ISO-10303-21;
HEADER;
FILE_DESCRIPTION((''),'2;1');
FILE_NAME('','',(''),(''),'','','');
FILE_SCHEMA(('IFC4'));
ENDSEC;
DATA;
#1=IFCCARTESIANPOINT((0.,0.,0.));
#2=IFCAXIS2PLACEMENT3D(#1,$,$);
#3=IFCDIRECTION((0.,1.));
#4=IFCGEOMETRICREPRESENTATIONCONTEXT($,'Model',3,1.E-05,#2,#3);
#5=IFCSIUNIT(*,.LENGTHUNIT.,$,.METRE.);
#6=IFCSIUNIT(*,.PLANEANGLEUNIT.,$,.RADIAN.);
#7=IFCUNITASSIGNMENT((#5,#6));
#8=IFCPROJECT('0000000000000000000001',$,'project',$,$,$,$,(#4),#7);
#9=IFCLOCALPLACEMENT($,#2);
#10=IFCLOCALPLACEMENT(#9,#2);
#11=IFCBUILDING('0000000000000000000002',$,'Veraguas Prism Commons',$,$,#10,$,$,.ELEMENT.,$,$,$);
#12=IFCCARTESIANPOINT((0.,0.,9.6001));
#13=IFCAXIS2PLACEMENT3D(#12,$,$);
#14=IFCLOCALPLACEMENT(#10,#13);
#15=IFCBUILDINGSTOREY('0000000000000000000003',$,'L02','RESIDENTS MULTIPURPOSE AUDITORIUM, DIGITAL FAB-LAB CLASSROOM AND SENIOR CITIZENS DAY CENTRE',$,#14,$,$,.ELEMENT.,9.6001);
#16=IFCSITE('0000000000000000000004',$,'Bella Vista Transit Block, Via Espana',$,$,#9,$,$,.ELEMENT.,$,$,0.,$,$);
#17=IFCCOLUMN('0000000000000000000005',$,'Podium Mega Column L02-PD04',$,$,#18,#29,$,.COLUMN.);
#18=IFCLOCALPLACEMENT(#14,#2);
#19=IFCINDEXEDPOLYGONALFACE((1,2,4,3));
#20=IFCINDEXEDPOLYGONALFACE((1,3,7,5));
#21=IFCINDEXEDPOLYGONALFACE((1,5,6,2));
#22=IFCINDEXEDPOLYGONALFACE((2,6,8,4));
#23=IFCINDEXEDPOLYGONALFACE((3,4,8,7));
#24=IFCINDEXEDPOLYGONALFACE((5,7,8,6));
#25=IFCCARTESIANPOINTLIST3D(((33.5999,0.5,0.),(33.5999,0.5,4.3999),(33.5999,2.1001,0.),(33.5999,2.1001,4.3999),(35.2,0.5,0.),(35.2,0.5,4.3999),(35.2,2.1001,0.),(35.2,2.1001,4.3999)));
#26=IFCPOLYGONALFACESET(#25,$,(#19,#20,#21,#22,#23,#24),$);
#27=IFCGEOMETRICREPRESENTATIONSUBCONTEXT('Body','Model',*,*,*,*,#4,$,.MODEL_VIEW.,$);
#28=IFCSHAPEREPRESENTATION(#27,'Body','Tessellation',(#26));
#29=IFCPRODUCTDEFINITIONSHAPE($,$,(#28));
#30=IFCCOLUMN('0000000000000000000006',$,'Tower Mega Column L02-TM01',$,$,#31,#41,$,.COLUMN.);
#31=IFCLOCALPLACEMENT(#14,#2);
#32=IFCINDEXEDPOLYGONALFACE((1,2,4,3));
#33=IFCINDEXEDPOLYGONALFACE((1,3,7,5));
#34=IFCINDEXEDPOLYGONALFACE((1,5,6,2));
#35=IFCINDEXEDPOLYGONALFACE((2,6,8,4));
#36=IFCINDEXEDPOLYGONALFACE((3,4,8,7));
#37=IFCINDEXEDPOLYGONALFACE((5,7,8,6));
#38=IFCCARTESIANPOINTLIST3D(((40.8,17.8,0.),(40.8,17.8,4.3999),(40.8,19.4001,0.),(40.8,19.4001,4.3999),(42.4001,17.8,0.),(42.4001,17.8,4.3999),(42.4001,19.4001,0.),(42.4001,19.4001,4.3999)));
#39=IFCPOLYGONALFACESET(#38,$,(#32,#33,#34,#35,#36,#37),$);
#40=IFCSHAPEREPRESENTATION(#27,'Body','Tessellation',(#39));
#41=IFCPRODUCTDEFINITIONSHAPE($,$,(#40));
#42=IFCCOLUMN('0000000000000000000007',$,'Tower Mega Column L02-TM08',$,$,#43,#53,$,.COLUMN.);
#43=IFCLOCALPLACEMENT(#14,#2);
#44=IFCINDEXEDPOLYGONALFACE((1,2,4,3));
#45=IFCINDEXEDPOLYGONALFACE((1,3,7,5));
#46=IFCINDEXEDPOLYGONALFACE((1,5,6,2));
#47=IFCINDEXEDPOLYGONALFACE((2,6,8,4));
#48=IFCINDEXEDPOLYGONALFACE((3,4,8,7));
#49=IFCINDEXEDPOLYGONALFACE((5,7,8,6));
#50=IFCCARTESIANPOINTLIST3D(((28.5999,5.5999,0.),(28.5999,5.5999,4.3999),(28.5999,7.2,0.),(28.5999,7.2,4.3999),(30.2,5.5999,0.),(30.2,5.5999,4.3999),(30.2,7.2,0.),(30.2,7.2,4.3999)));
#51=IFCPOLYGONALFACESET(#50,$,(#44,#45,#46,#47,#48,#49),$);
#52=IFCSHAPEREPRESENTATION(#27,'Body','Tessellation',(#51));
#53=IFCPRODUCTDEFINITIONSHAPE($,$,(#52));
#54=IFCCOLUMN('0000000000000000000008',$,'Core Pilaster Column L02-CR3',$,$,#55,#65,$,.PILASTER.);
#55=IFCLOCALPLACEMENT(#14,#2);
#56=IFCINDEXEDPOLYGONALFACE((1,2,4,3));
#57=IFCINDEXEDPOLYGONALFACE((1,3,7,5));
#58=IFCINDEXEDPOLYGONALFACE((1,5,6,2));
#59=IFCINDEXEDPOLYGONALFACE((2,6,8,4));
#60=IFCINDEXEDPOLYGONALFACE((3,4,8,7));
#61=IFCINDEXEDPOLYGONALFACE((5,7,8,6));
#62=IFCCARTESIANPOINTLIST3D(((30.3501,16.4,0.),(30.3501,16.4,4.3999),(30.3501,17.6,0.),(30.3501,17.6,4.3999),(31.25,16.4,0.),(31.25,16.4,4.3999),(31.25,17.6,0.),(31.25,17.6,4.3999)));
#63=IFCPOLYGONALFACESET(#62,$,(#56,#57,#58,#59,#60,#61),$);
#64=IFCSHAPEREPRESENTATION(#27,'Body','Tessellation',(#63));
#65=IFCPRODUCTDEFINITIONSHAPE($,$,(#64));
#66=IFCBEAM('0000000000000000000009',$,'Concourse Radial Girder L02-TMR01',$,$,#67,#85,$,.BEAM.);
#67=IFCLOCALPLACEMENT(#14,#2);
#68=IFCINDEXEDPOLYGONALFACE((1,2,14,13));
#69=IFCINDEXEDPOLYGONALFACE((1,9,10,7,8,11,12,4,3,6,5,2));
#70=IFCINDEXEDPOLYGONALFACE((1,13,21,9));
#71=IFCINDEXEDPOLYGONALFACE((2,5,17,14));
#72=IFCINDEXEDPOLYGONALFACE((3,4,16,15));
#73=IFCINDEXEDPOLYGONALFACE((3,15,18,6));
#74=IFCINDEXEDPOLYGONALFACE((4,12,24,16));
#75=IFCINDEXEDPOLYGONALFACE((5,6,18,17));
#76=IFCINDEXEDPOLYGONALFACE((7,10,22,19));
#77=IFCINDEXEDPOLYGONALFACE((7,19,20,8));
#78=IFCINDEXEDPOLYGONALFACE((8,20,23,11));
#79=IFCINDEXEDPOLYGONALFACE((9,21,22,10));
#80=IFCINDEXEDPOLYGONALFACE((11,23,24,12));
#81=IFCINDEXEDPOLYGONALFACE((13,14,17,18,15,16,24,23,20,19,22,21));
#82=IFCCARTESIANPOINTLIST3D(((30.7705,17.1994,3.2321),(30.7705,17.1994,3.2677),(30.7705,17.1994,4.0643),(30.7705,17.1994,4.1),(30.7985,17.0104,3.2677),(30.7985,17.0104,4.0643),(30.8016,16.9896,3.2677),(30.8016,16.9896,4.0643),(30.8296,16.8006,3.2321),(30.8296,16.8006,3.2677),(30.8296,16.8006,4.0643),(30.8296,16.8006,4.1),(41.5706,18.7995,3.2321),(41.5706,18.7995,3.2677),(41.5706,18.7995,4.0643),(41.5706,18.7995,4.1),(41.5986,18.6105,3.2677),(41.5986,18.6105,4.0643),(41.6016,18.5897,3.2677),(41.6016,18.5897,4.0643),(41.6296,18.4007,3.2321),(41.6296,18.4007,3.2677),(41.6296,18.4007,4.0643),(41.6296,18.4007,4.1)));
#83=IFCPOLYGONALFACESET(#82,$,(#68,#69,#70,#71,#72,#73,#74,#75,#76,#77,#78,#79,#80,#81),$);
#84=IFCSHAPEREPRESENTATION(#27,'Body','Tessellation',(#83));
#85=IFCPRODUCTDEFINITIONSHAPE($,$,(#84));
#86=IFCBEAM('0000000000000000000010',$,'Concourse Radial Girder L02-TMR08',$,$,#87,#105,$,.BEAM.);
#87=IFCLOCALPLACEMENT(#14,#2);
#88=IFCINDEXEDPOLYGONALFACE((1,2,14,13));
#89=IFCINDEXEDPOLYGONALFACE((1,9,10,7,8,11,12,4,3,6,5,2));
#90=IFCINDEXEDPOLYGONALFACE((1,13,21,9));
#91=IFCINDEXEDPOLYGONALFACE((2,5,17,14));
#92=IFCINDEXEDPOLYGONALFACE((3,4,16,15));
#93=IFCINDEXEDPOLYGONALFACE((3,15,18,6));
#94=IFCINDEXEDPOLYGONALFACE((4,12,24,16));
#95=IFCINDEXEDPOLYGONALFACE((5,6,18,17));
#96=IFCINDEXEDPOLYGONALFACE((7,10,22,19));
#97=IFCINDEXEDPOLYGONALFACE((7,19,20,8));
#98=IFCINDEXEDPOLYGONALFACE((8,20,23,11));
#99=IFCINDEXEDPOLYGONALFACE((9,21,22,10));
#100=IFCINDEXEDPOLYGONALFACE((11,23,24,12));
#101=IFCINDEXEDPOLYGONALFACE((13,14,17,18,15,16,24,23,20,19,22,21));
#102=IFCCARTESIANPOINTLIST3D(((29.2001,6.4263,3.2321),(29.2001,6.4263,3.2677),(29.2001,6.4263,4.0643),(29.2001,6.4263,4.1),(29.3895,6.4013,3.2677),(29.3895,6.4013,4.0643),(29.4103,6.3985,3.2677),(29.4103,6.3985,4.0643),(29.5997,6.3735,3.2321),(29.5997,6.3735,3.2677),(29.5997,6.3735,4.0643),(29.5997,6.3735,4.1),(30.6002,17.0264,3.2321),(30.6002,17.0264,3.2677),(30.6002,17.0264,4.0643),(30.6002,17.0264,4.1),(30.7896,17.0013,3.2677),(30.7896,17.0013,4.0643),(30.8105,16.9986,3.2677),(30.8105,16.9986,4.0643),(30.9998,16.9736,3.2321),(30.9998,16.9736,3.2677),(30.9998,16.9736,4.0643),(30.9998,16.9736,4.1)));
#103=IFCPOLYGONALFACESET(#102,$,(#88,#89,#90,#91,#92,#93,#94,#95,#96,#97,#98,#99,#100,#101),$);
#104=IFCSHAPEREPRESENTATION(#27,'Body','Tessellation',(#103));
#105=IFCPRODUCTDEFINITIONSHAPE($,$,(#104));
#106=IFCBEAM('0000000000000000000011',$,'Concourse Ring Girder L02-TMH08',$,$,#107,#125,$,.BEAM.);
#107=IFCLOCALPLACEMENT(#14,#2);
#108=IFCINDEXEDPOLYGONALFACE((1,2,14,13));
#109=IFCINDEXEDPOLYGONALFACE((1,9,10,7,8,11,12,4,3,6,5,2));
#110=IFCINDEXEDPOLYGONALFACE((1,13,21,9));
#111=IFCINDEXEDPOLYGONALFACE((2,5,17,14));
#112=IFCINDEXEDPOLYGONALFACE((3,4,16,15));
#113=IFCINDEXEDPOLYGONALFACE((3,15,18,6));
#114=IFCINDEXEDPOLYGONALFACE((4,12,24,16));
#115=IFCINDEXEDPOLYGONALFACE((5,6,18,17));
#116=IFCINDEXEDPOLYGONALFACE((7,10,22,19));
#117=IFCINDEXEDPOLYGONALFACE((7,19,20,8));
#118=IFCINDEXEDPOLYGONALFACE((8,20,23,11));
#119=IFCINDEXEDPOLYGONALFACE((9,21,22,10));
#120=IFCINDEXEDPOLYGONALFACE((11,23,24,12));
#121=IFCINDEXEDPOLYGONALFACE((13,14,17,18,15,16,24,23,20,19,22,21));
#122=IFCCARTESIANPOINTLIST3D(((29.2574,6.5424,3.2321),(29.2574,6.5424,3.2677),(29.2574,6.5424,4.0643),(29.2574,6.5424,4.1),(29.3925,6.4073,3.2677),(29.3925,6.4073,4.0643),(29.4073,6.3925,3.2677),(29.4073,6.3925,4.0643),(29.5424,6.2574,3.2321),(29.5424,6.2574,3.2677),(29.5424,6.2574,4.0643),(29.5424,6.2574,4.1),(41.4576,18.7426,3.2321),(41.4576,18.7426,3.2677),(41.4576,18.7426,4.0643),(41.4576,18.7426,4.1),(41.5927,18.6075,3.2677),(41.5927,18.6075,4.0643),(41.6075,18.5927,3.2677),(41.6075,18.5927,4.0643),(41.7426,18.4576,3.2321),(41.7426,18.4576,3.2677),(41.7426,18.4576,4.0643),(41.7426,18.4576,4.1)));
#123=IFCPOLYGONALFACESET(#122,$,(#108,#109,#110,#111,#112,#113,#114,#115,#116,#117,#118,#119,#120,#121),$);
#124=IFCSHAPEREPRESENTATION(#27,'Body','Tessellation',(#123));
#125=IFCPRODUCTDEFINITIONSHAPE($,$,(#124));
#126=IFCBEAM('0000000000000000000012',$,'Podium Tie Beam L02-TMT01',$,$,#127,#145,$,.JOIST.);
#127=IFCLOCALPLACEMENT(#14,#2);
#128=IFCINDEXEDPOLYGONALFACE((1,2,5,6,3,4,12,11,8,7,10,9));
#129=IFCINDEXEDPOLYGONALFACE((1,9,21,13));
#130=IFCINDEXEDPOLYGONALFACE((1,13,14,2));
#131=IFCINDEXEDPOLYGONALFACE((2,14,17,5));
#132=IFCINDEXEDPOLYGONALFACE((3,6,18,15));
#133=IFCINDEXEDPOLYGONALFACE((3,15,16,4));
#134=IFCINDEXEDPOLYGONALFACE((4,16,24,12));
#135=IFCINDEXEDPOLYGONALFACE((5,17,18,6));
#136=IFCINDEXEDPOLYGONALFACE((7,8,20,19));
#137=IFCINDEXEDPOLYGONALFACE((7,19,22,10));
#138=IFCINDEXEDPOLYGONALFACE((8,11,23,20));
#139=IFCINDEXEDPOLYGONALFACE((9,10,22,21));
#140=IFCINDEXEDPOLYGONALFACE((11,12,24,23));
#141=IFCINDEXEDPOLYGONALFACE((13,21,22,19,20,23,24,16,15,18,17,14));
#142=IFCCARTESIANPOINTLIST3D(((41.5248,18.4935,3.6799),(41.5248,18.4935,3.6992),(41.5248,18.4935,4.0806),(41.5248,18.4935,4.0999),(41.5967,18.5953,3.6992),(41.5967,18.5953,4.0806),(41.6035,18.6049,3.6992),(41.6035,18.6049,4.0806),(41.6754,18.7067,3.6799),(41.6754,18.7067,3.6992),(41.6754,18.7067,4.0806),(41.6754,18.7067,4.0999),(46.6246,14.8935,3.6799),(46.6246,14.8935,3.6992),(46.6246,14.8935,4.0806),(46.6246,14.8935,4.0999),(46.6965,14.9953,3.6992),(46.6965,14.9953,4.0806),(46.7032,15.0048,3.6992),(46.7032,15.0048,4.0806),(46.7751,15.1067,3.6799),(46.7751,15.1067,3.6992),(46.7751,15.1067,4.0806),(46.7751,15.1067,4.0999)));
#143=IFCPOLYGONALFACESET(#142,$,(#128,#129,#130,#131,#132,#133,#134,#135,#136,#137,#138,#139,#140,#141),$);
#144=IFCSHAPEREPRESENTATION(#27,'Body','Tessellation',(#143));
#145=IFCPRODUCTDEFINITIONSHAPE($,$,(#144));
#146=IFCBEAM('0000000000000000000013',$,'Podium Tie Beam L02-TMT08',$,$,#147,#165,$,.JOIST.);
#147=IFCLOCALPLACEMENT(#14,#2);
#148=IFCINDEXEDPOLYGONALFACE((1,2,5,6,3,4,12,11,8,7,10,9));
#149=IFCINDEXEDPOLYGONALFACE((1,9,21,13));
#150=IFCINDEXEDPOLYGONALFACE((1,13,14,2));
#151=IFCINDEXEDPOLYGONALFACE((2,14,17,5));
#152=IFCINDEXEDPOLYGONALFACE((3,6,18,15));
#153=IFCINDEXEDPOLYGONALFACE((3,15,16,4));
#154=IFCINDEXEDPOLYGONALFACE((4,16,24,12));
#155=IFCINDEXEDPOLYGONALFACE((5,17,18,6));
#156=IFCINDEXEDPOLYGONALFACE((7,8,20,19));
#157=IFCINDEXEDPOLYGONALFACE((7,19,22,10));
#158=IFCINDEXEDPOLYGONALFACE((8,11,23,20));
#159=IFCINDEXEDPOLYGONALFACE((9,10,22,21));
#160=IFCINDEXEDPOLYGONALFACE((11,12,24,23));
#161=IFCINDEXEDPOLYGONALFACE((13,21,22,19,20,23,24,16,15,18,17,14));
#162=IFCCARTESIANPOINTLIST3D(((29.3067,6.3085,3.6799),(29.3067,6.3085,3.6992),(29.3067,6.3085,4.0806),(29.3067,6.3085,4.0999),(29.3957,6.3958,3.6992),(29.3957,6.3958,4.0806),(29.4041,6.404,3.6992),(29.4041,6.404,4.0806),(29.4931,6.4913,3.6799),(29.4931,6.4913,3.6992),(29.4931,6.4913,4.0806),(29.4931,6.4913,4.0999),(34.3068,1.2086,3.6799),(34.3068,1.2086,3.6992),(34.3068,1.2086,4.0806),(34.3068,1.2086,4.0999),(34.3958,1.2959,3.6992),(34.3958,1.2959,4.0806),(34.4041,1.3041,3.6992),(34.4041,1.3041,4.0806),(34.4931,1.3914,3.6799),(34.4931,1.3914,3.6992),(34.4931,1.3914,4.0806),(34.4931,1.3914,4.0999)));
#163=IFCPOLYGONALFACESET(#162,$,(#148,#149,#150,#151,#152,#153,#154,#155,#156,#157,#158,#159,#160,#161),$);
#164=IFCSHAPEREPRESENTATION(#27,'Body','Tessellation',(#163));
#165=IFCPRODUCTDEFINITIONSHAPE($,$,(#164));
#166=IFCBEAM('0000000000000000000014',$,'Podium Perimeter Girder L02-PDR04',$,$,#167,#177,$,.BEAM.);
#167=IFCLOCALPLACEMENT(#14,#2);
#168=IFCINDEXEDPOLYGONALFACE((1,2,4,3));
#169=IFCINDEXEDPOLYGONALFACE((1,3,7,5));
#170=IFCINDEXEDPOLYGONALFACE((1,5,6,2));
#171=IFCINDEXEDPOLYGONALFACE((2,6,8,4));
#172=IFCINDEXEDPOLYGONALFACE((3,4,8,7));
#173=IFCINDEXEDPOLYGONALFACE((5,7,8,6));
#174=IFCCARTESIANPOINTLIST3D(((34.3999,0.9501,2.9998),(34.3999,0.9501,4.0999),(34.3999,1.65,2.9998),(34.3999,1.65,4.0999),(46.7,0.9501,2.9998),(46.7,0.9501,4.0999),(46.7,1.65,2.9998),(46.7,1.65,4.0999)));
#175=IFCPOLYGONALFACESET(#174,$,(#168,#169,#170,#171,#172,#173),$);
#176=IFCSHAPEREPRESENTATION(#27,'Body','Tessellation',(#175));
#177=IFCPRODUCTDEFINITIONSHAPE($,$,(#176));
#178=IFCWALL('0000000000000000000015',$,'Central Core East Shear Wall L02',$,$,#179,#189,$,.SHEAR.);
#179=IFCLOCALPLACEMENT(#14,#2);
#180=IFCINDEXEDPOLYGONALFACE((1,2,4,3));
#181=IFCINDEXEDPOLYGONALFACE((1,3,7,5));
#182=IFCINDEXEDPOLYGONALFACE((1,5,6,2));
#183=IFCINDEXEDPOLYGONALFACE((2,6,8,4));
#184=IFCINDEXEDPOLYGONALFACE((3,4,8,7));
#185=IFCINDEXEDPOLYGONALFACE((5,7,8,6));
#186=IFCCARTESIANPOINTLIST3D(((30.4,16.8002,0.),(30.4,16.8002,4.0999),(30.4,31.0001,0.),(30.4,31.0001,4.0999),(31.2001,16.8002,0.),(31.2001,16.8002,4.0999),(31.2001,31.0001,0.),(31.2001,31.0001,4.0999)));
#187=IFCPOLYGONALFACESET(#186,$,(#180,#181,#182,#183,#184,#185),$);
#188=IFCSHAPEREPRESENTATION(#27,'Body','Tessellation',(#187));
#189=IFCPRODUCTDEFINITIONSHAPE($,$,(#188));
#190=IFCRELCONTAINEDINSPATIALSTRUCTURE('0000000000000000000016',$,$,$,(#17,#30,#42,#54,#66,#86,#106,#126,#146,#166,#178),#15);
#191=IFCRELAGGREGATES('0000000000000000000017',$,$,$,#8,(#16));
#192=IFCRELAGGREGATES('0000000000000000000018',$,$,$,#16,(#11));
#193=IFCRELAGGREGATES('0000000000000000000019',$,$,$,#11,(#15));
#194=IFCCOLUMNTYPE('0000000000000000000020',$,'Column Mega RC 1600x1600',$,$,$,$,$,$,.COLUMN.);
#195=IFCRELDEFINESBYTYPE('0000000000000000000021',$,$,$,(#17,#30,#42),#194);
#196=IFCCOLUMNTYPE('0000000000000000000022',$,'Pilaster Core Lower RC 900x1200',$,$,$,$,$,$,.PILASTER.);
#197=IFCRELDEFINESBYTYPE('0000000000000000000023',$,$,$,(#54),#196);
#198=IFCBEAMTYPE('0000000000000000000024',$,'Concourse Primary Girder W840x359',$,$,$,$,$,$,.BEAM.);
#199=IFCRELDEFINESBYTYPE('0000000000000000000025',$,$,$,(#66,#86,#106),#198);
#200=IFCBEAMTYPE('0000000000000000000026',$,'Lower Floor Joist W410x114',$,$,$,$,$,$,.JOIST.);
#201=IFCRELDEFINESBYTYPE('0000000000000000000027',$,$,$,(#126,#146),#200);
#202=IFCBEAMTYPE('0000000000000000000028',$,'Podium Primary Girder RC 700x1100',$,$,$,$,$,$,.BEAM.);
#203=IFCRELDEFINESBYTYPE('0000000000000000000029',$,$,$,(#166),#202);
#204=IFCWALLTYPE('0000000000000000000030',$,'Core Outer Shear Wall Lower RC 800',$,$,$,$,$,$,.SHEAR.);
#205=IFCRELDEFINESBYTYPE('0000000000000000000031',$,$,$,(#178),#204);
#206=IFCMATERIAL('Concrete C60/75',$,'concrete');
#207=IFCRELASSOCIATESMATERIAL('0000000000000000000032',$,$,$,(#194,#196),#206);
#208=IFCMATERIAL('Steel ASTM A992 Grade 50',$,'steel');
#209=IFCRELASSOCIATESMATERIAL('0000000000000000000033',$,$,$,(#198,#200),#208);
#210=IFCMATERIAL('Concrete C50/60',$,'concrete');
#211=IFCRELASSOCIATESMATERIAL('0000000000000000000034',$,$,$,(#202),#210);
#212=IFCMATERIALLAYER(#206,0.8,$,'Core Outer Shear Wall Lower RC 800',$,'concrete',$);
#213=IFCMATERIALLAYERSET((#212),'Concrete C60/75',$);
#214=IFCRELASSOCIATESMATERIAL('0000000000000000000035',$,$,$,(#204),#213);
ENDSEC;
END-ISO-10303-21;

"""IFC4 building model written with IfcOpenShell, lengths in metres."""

from ifc_helpers import new_model, si_unit, direction, frame, frame_2d, origin, origin_2d, place, context, subcontext, project, spatial, rectangle, i_section, extrude, material, layer, layer_set, material_profile, profile_set, type_object, element, save


model = new_model("IFC4")

# Units and contexts
model_context = context("Model", 3, precision=1e-05, world=origin(), true_north=direction((0.0, 1.0)))
body_context = subcontext(model_context, "Body", "Model", "MODEL_VIEW")
ifc_project = project(units=[si_unit("LENGTHUNIT", "METRE"), si_unit("PLANEANGLEUNIT", "RADIAN")], contexts=[model_context])

# Site, building, storey
site_placement = place(None, origin())
site = spatial("IfcSite", under=ifc_project, at=site_placement, Name="Bella Vista Transit Block, Via Espana", CompositionType="ELEMENT", RefElevation=0.0)
building_placement = place(site_placement, origin())
building = spatial("IfcBuilding", under=site, at=building_placement, Name="Veraguas Prism Commons", CompositionType="ELEMENT")
storey_placement = place(building_placement, frame((0.0, 0.0, 9.6001)))
storey = spatial("IfcBuildingStorey", under=building, at=storey_placement, Name="L02", Description="RESIDENTS MULTIPURPOSE AUDITORIUM, DIGITAL FAB-LAB CLASSROOM AND SENIOR CITIZENS DAY CENTRE", CompositionType="ELEMENT", Elevation=9.6001)

# Columns
ifc_material_1 = material(Name="Concrete C60/75", Category="concrete")
ifc_material_profile_1 = material_profile(ifc_material_1, rectangle(XDim=1.6001, YDim=1.6001, at=origin_2d()), Name="RC1600X1600")
ifc_profile_set_1 = profile_set([ifc_material_profile_1], Name="Concrete C60/75")
column_type_1 = type_object("IfcColumnType", Name="Column Mega RC 1600x1600", PredefinedType="COLUMN", material=ifc_profile_set_1)
for number, where, z_axis, x_axis, name in (
    (1, (34.3999, 1.3, 0.0), (0.0, 0.0, 1.0), (1.0, 0.0, 0.0), "Podium Mega Column L02-PD04"),
    (2, (41.6001, 18.6001, 0.0), (0.0, 0.0, 1.0), (1.0, 0.0, 0.0), "Tower Mega Column L02-TM01"),
    (3, (29.3999, 6.3999, 0.0), (0.0, 0.0, 1.0), (1.0, 0.0, 0.0), "Tower Mega Column L02-TM08"),
):
    element("IfcColumn", number, at=place(storey_placement, frame(where, z_axis=z_axis, x_axis=x_axis)), inside=storey, type_object=column_type_1, Name=name, PredefinedType="COLUMN", context=body_context, shape_type="SweptSolid", body=[
        extrude(rectangle(XDim=1.6001, YDim=1.6001, at=origin_2d()), origin(), (0.0, 0.0, 1.0), 4.3999),
    ])
ifc_material_profile_2 = material_profile(ifc_material_1, rectangle(XDim=0.8999, YDim=1.2, at=origin_2d()), Name="RC900X1200")
ifc_profile_set_2 = profile_set([ifc_material_profile_2], Name="Concrete C60/75")
column_type_2 = type_object("IfcColumnType", Name="Pilaster Core Lower RC 900x1200", PredefinedType="PILASTER", material=ifc_profile_set_2)
column_placement = place(storey_placement, frame((30.8, 17.0, 0.0), z_axis=(0.0, 0.0, 1.0), x_axis=(1.0, 0.0, 0.0)))
element("IfcColumn", 4, at=column_placement, inside=storey, type_object=column_type_2, Name="Core Pilaster Column L02-CR3", PredefinedType="PILASTER", context=body_context, shape_type="SweptSolid", body=[
    extrude(rectangle(XDim=0.8999, YDim=1.2, at=origin_2d()), origin(), (0.0, 0.0, 1.0), 4.3999),
])

# Beams
ifc_material_2 = material(Name="Steel ASTM A992 Grade 50", Category="steel")
ifc_material_profile_3 = material_profile(ifc_material_2, i_section(OverallWidth=0.4031, OverallDepth=0.8679, WebThickness=0.021, FlangeThickness=0.0356, at=origin_2d()), Name="W840X359")
ifc_profile_set_3 = profile_set([ifc_material_profile_3], Name="Steel ASTM A992 Grade 50")
beam_type_1 = type_object("IfcBeamType", Name="Concourse Primary Girder W840x359", PredefinedType="BEAM", material=ifc_profile_set_3)
beam_1_placement = place(storey_placement, frame((41.6001, 18.6001, 3.666), z_axis=(-0.989202, -0.146557, 0.0), x_axis=(0.146557, -0.989202, 0.0)))
element("IfcBeam", 5, at=beam_1_placement, inside=storey, type_object=beam_type_1, Name="Concourse Radial Girder L02-TMR01", PredefinedType="BEAM", context=body_context, shape_type="SweptSolid", body=[
    extrude(i_section(OverallWidth=0.4031, OverallDepth=0.8679, WebThickness=0.021, FlangeThickness=0.0356, at=origin_2d()), origin(), (0.0, 0.0, 1.0), 10.918),
])
beam_2_placement = place(storey_placement, frame((29.3999, 6.3999, 3.666), z_axis=(0.130951, 0.991389, 0.0), x_axis=(-0.991389, 0.130951, 0.0)))
element("IfcBeam", 6, at=beam_2_placement, inside=storey, type_object=beam_type_1, Name="Concourse Radial Girder L02-TMR08", PredefinedType="BEAM", context=body_context, shape_type="SweptSolid", body=[
    extrude(i_section(OverallWidth=0.4031, OverallDepth=0.8679, WebThickness=0.021, FlangeThickness=0.0356, at=origin_2d()), origin(), (0.0, 0.0, 1.0), 10.6921),
])
beam_3_placement = place(storey_placement, frame((29.3999, 6.3999, 3.666), z_axis=(0.707107, 0.707107, 0.0), x_axis=(-0.707107, 0.707107, 0.0)))
element("IfcBeam", 7, at=beam_3_placement, inside=storey, type_object=beam_type_1, Name="Concourse Ring Girder L02-TMH08", PredefinedType="BEAM", context=body_context, shape_type="SweptSolid", body=[
    extrude(i_section(OverallWidth=0.4031, OverallDepth=0.8679, WebThickness=0.021, FlangeThickness=0.0356, at=origin_2d()), origin(), (0.0, 0.0, 1.0), 17.2537),
])
ifc_material_profile_4 = material_profile(ifc_material_2, i_section(OverallWidth=0.261, OverallDepth=0.4199, WebThickness=0.0117, FlangeThickness=0.0193, at=origin_2d()), Name="W410X114")
ifc_profile_set_4 = profile_set([ifc_material_profile_4], Name="Steel ASTM A992 Grade 50")
beam_type_2 = type_object("IfcBeamType", Name="Lower Floor Joist W410x114", PredefinedType="JOIST", material=ifc_profile_set_4)
beam_4_placement = place(storey_placement, frame((41.6001, 18.6001, 3.8899), z_axis=(0.816953, -0.576705, 0.0), x_axis=(0.576705, 0.816953, 0.0)))
element("IfcBeam", 8, at=beam_4_placement, inside=storey, type_object=beam_type_2, Name="Podium Tie Beam L02-TMT01", PredefinedType="JOIST", context=body_context, shape_type="SweptSolid", body=[
    extrude(i_section(OverallWidth=0.261, OverallDepth=0.4199, WebThickness=0.0117, FlangeThickness=0.0193, at=origin_2d()), origin(), (0.0, 0.0, 1.0), 6.2424),
])
beam_5_placement = place(storey_placement, frame((29.3999, 6.3999, 3.8899), z_axis=(0.700082, -0.714063, 0.0), x_axis=(0.714063, 0.700082, 0.0)))
element("IfcBeam", 9, at=beam_5_placement, inside=storey, type_object=beam_type_2, Name="Podium Tie Beam L02-TMT08", PredefinedType="JOIST", context=body_context, shape_type="SweptSolid", body=[
    extrude(i_section(OverallWidth=0.261, OverallDepth=0.4199, WebThickness=0.0117, FlangeThickness=0.0193, at=origin_2d()), origin(), (0.0, 0.0, 1.0), 7.1421),
])
ifc_material_3 = material(Name="Concrete C50/60", Category="concrete")
ifc_material_profile_5 = material_profile(ifc_material_3, rectangle(XDim=0.7, YDim=1.1001, at=origin_2d()), Name="RC700X1100")
ifc_profile_set_5 = profile_set([ifc_material_profile_5], Name="Concrete C50/60")
beam_type_3 = type_object("IfcBeamType", Name="Podium Primary Girder RC 700x1100", PredefinedType="BEAM", material=ifc_profile_set_5)
beam_6_placement = place(storey_placement, frame((34.3999, 1.3, 3.5498), z_axis=(1.0, 0.0, 0.0), x_axis=(0.0, 1.0, 0.0)))
element("IfcBeam", 10, at=beam_6_placement, inside=storey, type_object=beam_type_3, Name="Podium Perimeter Girder L02-PDR04", PredefinedType="BEAM", context=body_context, shape_type="SweptSolid", body=[
    extrude(rectangle(XDim=0.7, YDim=1.1001, at=origin_2d()), origin(), (0.0, 0.0, 1.0), 12.3),
])

# Wall
ifc_layer_1 = layer(ifc_material_1, 0.8, Name="Core Outer Shear Wall Lower RC 800", Category="concrete")
ifc_layer_set_1 = layer_set([ifc_layer_1], Name="Concrete C60/75")
wall_type_1 = type_object("IfcWallType", Name="Core Outer Shear Wall Lower RC 800", PredefinedType="SHEAR", material=ifc_layer_set_1)
wall_1_placement = place(storey_placement, frame((30.8, 16.8, 0.0), z_axis=(0.0, 0.0, 1.0), x_axis=(0.0, 1.0, 0.0)))
element("IfcWall", 11, at=wall_1_placement, inside=storey, type_object=wall_type_1, Name="Central Core East Shear Wall L02", PredefinedType="SHEAR", context=body_context, shape_type="SweptSolid", body=[
    extrude(rectangle(XDim=14.2, YDim=0.8, at=frame_2d((7.1001, 0.0))), origin(), (0.0, 0.0, 1.0), 4.0999),
])

save(model, "model.ifc")
